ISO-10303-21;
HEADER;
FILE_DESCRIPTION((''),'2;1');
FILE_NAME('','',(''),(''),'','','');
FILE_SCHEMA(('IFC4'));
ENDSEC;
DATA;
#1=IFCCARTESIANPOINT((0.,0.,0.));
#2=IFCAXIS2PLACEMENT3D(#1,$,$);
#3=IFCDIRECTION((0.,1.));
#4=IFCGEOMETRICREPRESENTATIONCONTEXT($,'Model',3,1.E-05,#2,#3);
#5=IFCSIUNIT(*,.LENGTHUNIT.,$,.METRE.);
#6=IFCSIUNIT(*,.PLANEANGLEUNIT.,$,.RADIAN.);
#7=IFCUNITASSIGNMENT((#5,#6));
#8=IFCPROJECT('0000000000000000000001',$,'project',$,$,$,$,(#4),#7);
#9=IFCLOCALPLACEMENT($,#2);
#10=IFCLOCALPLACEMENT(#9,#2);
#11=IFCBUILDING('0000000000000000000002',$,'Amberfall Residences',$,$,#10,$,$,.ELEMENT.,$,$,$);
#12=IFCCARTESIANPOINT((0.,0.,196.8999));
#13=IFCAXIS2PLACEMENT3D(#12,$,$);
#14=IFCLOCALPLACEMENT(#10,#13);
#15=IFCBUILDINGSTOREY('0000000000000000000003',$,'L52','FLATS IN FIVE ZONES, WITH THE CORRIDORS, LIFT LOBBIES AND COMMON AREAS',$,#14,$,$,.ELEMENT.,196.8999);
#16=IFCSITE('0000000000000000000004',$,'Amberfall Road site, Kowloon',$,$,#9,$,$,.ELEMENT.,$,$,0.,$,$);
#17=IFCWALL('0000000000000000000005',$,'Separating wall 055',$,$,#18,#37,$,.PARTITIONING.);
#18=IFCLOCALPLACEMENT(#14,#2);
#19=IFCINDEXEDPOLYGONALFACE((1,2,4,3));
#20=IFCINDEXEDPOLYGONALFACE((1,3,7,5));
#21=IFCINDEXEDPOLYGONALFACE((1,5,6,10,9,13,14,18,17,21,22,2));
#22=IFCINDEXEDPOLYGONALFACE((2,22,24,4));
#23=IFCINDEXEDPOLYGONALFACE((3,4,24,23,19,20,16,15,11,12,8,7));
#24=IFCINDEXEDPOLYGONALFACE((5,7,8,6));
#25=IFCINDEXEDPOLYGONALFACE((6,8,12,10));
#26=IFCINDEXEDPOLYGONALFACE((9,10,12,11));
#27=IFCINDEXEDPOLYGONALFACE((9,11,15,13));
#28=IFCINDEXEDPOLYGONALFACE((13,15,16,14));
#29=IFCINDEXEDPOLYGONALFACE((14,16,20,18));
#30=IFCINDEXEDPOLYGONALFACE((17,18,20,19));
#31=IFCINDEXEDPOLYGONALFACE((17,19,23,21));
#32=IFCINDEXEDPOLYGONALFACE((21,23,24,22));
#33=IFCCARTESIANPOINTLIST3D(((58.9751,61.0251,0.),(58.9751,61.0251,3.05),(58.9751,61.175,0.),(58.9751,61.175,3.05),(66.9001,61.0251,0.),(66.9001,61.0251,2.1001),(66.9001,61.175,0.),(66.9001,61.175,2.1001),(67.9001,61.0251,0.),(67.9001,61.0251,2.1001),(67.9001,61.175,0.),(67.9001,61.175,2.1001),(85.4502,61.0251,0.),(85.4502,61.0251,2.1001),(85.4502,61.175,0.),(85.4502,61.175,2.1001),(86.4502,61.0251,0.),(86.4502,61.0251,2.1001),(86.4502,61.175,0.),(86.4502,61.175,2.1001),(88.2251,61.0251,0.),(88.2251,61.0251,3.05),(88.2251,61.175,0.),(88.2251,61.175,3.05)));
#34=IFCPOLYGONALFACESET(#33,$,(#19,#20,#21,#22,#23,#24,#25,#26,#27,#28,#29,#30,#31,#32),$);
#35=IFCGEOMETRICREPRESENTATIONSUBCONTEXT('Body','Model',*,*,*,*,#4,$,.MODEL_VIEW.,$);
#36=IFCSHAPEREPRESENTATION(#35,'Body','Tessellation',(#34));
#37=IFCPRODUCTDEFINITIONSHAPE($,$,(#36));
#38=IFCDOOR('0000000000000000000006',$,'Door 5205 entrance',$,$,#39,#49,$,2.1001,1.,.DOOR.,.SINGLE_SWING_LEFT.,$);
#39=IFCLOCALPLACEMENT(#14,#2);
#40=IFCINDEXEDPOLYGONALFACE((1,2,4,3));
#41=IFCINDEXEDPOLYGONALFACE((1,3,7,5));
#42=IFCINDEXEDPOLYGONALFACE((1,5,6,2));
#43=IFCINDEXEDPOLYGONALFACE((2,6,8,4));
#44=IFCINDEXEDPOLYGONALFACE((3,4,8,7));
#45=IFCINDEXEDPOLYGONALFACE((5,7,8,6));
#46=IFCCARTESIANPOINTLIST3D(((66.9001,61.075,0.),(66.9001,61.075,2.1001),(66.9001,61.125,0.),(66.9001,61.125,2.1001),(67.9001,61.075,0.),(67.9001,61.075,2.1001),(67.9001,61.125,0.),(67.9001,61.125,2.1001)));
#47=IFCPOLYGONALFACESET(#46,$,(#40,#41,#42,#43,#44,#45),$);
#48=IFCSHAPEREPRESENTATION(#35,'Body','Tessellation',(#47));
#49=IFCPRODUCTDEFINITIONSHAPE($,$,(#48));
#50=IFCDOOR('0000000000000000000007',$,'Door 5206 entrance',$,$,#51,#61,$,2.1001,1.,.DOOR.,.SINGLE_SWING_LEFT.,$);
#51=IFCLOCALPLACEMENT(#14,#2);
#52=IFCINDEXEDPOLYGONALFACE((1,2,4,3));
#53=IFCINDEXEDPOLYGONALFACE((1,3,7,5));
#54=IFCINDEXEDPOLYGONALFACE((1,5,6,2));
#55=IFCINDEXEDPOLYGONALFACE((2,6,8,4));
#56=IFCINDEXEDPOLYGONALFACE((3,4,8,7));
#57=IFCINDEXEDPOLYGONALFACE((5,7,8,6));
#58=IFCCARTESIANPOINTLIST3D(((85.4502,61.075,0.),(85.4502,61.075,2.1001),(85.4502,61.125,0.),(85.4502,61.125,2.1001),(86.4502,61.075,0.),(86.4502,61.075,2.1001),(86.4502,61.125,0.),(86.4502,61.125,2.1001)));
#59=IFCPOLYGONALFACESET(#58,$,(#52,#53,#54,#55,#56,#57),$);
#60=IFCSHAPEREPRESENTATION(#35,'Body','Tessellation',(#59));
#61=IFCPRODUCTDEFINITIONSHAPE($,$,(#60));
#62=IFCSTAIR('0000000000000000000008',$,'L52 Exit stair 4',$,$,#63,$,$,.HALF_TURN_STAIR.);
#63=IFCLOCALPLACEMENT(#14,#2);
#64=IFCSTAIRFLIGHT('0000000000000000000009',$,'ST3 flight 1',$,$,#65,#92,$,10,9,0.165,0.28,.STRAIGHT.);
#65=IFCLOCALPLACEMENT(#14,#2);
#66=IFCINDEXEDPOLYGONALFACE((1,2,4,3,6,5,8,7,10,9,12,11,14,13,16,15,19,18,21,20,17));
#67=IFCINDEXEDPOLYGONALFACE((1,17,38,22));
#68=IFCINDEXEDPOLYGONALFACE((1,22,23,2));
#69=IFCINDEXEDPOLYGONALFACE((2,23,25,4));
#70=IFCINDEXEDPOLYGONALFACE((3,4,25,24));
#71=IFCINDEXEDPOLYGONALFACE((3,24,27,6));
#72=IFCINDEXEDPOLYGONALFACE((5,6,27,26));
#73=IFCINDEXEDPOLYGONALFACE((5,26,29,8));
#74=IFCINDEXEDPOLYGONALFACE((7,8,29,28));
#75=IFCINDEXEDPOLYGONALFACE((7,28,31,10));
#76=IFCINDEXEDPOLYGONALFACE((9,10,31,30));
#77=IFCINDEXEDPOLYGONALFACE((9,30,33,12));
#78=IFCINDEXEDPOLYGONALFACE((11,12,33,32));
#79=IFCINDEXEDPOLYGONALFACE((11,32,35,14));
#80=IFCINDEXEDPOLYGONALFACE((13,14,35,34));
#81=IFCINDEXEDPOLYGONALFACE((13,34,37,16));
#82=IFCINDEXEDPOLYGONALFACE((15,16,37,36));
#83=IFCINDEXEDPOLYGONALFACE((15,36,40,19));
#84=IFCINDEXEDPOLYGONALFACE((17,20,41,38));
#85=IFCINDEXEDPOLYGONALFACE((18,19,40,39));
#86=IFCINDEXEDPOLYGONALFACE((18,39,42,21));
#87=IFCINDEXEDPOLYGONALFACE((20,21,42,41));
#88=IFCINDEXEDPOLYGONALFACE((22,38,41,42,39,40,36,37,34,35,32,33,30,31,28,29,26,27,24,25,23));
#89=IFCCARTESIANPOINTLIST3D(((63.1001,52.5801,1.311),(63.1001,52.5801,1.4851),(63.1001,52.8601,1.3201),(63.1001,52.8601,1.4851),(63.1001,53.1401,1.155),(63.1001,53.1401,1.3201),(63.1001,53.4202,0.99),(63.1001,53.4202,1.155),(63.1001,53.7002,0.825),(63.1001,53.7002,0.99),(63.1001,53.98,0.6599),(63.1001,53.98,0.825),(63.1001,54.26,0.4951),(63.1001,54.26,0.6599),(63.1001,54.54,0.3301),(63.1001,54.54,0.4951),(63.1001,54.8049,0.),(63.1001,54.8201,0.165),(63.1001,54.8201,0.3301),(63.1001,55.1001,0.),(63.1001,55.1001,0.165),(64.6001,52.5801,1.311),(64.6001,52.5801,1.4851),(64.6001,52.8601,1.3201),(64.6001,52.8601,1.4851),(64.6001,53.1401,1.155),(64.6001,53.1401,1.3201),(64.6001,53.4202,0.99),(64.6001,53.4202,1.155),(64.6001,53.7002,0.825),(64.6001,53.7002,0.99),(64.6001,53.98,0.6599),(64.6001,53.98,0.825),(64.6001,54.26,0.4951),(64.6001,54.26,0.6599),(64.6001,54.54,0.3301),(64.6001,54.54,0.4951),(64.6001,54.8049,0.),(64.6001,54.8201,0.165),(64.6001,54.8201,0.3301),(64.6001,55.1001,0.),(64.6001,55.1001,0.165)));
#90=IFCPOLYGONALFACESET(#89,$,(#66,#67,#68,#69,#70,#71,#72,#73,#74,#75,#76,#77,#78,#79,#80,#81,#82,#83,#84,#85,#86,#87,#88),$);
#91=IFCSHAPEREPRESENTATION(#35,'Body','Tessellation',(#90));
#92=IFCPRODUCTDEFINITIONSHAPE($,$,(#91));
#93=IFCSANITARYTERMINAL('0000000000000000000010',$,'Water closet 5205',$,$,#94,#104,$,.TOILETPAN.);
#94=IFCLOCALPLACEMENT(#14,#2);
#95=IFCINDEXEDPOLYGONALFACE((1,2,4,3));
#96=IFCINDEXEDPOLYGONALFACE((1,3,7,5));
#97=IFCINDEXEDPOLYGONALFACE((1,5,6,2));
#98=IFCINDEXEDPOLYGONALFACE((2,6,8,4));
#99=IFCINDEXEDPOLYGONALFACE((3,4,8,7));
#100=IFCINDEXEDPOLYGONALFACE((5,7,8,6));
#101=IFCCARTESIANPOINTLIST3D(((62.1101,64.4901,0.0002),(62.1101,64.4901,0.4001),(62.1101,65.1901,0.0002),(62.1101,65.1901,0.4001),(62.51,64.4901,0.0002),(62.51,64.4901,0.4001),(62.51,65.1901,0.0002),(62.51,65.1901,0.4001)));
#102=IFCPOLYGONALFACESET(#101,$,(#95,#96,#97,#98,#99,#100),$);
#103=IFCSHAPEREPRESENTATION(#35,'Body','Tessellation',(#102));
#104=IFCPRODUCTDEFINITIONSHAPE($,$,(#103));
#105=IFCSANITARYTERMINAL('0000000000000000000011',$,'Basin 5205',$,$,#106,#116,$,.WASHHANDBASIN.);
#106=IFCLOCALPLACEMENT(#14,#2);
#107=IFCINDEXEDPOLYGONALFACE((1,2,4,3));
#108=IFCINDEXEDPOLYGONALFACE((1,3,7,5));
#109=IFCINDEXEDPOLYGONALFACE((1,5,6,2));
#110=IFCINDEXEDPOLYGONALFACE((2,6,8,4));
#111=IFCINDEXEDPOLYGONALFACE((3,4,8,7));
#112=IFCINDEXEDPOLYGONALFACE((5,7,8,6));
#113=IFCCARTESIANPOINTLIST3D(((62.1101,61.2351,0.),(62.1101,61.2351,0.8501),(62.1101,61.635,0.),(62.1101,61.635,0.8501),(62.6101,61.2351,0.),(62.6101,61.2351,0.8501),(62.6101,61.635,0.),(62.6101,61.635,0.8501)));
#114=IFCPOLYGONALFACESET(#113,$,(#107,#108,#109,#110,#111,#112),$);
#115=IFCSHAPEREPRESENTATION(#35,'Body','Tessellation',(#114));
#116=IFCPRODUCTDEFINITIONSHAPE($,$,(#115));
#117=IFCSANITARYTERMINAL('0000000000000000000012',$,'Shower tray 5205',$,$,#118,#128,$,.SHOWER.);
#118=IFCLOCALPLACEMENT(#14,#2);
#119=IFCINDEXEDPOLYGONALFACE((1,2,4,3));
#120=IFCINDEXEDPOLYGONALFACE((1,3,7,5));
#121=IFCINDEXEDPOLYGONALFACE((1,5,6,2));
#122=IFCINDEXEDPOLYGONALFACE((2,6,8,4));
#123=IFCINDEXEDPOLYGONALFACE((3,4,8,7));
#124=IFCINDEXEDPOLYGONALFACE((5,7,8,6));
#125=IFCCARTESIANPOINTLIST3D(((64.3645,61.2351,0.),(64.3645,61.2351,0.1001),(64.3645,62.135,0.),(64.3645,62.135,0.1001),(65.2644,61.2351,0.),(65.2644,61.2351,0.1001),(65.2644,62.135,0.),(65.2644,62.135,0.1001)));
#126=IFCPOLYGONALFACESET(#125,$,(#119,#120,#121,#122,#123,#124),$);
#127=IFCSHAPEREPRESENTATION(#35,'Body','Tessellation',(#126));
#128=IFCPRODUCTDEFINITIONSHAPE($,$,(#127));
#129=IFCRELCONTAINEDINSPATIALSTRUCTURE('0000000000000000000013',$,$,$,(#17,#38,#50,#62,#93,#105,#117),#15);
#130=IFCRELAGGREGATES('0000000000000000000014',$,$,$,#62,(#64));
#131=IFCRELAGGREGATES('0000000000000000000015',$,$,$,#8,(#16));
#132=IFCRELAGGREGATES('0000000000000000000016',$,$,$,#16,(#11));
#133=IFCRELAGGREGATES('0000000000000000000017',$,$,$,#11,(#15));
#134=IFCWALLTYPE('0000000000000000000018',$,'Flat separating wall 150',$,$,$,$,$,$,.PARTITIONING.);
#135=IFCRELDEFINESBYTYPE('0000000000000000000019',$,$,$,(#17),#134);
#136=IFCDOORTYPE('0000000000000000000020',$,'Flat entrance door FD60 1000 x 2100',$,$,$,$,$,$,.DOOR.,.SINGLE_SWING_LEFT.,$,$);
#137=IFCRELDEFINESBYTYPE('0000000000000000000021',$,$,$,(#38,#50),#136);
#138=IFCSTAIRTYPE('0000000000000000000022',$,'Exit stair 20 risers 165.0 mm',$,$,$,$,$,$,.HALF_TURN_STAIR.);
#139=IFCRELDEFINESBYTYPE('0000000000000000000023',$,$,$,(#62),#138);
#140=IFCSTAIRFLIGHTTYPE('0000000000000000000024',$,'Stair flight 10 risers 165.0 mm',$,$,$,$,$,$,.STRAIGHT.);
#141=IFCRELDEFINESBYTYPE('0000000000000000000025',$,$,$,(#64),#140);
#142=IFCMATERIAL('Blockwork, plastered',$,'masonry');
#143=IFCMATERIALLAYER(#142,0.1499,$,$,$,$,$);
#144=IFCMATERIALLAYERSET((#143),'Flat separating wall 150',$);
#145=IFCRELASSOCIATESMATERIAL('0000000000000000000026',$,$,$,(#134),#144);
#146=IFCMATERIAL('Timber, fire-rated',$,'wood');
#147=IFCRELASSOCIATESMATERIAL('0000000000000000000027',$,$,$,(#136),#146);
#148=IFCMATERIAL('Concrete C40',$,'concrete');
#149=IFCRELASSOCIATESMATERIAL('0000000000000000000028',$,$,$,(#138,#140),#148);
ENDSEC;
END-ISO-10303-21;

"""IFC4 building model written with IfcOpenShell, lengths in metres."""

from ifc_helpers import new_model, si_unit, direction, frame, frame_2d, origin, origin_2d, place, context, subcontext, project, spatial, polyline, rectangle, outline, extrude, material, layer, layer_set, type_object, element, fill, aggregate, save


model = new_model("IFC4")

# Units and contexts
model_context = context("Model", 3, precision=1e-05, world=origin(), true_north=direction((0.0, 1.0)))
body_context = subcontext(model_context, "Body", "Model", "MODEL_VIEW")
ifc_project = project(units=[si_unit("LENGTHUNIT", "METRE"), si_unit("PLANEANGLEUNIT", "RADIAN")], contexts=[model_context])

# Site, building, storey
site_placement = place(None, origin())
site = spatial("IfcSite", under=ifc_project, at=site_placement, Name="Amberfall Road site, Kowloon", CompositionType="ELEMENT", RefElevation=0.0)
building_placement = place(site_placement, origin())
building = spatial("IfcBuilding", under=site, at=building_placement, Name="Amberfall Residences", CompositionType="ELEMENT")
storey_placement = place(building_placement, frame((0.0, 0.0, 196.8999)))
storey = spatial("IfcBuildingStorey", under=building, at=storey_placement, Name="L52", Description="FLATS IN FIVE ZONES, WITH THE CORRIDORS, LIFT LOBBIES AND COMMON AREAS", CompositionType="ELEMENT", Elevation=196.8999)

# Shared definitions
ifc_material_1 = material(Name="Blockwork, plastered", Category="masonry")
ifc_layer_1 = layer(ifc_material_1, 0.1499)
ifc_layer_set_1 = layer_set([ifc_layer_1], Name="Flat separating wall 150")
wall_type_1 = type_object("IfcWallType", Name="Flat separating wall 150", PredefinedType="PARTITIONING", material=ifc_layer_set_1)

# Wall, openings, doors
wall_1_placement = place(storey_placement, frame((58.9751, 61.1001, 0.0), z_axis=(0.0, 0.0, 1.0), x_axis=(1.0, 0.0, 0.0)))
wall_1 = element("IfcWall", 1, at=wall_1_placement, inside=storey, type_object=wall_type_1, Name="Separating wall 055", PredefinedType="PARTITIONING", context=body_context, shape_type="SweptSolid", body=[
    extrude(rectangle(XDim=29.25, YDim=0.1499, at=frame_2d((14.625, 0.0))), origin(), (0.0, 0.0, 1.0), 3.05),
])
opening_1_placement = place(wall_1_placement, frame((7.925, 0.0, 0.0)))
opening_1 = element("IfcOpeningElement", 2, at=opening_1_placement, cuts=wall_1, PredefinedType="OPENING", context=body_context, shape_type="SweptSolid", body=[
    extrude(rectangle(XDim=1.0, YDim=2.1001, at=frame_2d((0.5, 1.05))), frame((0.0, 0.085, 0.0), z_axis=(0.0, -1.0, 0.0), x_axis=(1.0, 0.0, 0.0)), (0.0, 0.0, 1.0), 0.1699),
])
opening_2_placement = place(wall_1_placement, frame((26.4751, 0.0, 0.0)))
opening_2 = element("IfcOpeningElement", 3, at=opening_2_placement, cuts=wall_1, PredefinedType="OPENING", context=body_context, shape_type="SweptSolid", body=[
    extrude(rectangle(XDim=1.0, YDim=2.1001, at=frame_2d((0.5, 1.05))), frame((0.0, 0.085, 0.0), z_axis=(0.0, -1.0, 0.0), x_axis=(1.0, 0.0, 0.0)), (0.0, 0.0, 1.0), 0.1699),
])
ifc_material_2 = material(Name="Timber, fire-rated", Category="wood")
door_type_1 = type_object("IfcDoorType", Name="Flat entrance door FD60 1000 x 2100", OperationType="SINGLE_SWING_LEFT", PredefinedType="DOOR", material=ifc_material_2)
door_1_placement = place(opening_1_placement, origin())
door_1 = element("IfcDoor", 4, at=door_1_placement, inside=storey, type_object=door_type_1, Name="Door 5205 entrance", OperationType="SINGLE_SWING_LEFT", OverallHeight=2.1001, OverallWidth=1.0, PredefinedType="DOOR", context=body_context, shape_type="SweptSolid", body=[
    extrude(rectangle(XDim=1.0, YDim=2.1001, at=frame_2d((0.5, 1.05))), frame((0.0, 0.0249, 0.0), z_axis=(0.0, -1.0, 0.0), x_axis=(1.0, 0.0, 0.0)), (0.0, 0.0, 1.0), 0.05),
])
fill(opening_1, door_1)
door_2_placement = place(opening_2_placement, origin())
door_2 = element("IfcDoor", 5, at=door_2_placement, inside=storey, type_object=door_type_1, Name="Door 5206 entrance", OperationType="SINGLE_SWING_LEFT", OverallHeight=2.1001, OverallWidth=1.0, PredefinedType="DOOR", context=body_context, shape_type="SweptSolid", body=[
    extrude(rectangle(XDim=1.0, YDim=2.1001, at=frame_2d((0.5, 1.05))), frame((0.0, 0.0249, 0.0), z_axis=(0.0, -1.0, 0.0), x_axis=(1.0, 0.0, 0.0)), (0.0, 0.0, 1.0), 0.05),
])
fill(opening_2, door_2)

# Stair, stair flight
ifc_material_3 = material(Name="Concrete C40", Category="concrete")
stair_type = type_object("IfcStairType", Name="Exit stair 20 risers 165.0 mm", PredefinedType="HALF_TURN_STAIR", material=ifc_material_3)
stair_placement = place(storey_placement, origin())
stair = element("IfcStair", 6, at=stair_placement, inside=storey, type_object=stair_type, Name="L52 Exit stair 4", PredefinedType="HALF_TURN_STAIR")
stair_flight_type = type_object("IfcStairFlightType", Name="Stair flight 10 risers 165.0 mm", PredefinedType="STRAIGHT", material=ifc_material_3)
stair_flight_placement = place(storey_placement, frame((63.8501, 55.1001, 0.0), z_axis=(0.0, 0.0, 1.0), x_axis=(0.0, -1.0, 0.0)))
stair_flight = element("IfcStairFlight", 7, at=stair_flight_placement, type_object=stair_flight_type, Name="ST3 flight 1", NumberOfRisers=10, NumberOfTreads=9, PredefinedType="STRAIGHT", RiserHeight=0.165, TreadLength=0.28, context=body_context, shape_type="SweptSolid", body=[
    extrude(outline(polyline([(0.0, 0.0), (0.0, 0.165), (0.28, 0.165), (0.28, 0.3301), (0.5601, 0.3301), (0.5601, 0.4951), (0.8401, 0.4951), (0.8401, 0.6599), (1.1201, 0.6599), (1.1201, 0.825), (1.3999, 0.825), (1.3999, 0.99), (1.6799, 0.99), (1.6799, 1.155), (1.96, 1.155), (1.96, 1.3201), (2.24, 1.3201), (2.24, 1.4851), (2.52, 1.4851), (2.52, 1.6499), (2.52, 1.311), (0.2952, 0.0), (0.0, 0.0)])), frame((0.0, 0.75, 0.0), z_axis=(0.0, -1.0, 0.0), x_axis=(1.0, 0.0, 0.0)), (0.0, 0.0, 1.0), 1.5),
])
aggregate(stair, [stair_flight])

# Sanitary terminals
sanitary_terminal_1_placement = place(storey_placement, frame((62.3101, 64.8401, 0.0002), z_axis=(0.0, 0.0, 1.0), x_axis=(1.0, 0.0, 0.0)))
element("IfcSanitaryTerminal", 8, at=sanitary_terminal_1_placement, inside=storey, Name="Water closet 5205", PredefinedType="TOILETPAN", context=body_context, shape_type="SweptSolid", body=[
    extrude(rectangle(XDim=0.3999, YDim=0.7, at=origin_2d()), origin(), (0.0, 0.0, 1.0), 0.3999),
])
sanitary_terminal_2_placement = place(storey_placement, frame((62.3601, 61.4351, 0.0), z_axis=(0.0, 0.0, 1.0), x_axis=(1.0, 0.0, 0.0)))
element("IfcSanitaryTerminal", 9, at=sanitary_terminal_2_placement, inside=storey, Name="Basin 5205", PredefinedType="WASHHANDBASIN", context=body_context, shape_type="SweptSolid", body=[
    extrude(rectangle(XDim=0.5, YDim=0.3999, at=origin_2d()), origin(), (0.0, 0.0, 1.0), 0.8501),
])
sanitary_terminal_3_placement = place(storey_placement, frame((64.8145, 61.6851, 0.0), z_axis=(0.0, 0.0, 1.0), x_axis=(1.0, 0.0, 0.0)))
element("IfcSanitaryTerminal", 10, at=sanitary_terminal_3_placement, inside=storey, Name="Shower tray 5205", PredefinedType="SHOWER", context=body_context, shape_type="SweptSolid", body=[
    extrude(rectangle(XDim=0.8999, YDim=0.8999, at=origin_2d()), origin(), (0.0, 0.0, 1.0), 0.1001),
])

save(model, "model.ifc")
